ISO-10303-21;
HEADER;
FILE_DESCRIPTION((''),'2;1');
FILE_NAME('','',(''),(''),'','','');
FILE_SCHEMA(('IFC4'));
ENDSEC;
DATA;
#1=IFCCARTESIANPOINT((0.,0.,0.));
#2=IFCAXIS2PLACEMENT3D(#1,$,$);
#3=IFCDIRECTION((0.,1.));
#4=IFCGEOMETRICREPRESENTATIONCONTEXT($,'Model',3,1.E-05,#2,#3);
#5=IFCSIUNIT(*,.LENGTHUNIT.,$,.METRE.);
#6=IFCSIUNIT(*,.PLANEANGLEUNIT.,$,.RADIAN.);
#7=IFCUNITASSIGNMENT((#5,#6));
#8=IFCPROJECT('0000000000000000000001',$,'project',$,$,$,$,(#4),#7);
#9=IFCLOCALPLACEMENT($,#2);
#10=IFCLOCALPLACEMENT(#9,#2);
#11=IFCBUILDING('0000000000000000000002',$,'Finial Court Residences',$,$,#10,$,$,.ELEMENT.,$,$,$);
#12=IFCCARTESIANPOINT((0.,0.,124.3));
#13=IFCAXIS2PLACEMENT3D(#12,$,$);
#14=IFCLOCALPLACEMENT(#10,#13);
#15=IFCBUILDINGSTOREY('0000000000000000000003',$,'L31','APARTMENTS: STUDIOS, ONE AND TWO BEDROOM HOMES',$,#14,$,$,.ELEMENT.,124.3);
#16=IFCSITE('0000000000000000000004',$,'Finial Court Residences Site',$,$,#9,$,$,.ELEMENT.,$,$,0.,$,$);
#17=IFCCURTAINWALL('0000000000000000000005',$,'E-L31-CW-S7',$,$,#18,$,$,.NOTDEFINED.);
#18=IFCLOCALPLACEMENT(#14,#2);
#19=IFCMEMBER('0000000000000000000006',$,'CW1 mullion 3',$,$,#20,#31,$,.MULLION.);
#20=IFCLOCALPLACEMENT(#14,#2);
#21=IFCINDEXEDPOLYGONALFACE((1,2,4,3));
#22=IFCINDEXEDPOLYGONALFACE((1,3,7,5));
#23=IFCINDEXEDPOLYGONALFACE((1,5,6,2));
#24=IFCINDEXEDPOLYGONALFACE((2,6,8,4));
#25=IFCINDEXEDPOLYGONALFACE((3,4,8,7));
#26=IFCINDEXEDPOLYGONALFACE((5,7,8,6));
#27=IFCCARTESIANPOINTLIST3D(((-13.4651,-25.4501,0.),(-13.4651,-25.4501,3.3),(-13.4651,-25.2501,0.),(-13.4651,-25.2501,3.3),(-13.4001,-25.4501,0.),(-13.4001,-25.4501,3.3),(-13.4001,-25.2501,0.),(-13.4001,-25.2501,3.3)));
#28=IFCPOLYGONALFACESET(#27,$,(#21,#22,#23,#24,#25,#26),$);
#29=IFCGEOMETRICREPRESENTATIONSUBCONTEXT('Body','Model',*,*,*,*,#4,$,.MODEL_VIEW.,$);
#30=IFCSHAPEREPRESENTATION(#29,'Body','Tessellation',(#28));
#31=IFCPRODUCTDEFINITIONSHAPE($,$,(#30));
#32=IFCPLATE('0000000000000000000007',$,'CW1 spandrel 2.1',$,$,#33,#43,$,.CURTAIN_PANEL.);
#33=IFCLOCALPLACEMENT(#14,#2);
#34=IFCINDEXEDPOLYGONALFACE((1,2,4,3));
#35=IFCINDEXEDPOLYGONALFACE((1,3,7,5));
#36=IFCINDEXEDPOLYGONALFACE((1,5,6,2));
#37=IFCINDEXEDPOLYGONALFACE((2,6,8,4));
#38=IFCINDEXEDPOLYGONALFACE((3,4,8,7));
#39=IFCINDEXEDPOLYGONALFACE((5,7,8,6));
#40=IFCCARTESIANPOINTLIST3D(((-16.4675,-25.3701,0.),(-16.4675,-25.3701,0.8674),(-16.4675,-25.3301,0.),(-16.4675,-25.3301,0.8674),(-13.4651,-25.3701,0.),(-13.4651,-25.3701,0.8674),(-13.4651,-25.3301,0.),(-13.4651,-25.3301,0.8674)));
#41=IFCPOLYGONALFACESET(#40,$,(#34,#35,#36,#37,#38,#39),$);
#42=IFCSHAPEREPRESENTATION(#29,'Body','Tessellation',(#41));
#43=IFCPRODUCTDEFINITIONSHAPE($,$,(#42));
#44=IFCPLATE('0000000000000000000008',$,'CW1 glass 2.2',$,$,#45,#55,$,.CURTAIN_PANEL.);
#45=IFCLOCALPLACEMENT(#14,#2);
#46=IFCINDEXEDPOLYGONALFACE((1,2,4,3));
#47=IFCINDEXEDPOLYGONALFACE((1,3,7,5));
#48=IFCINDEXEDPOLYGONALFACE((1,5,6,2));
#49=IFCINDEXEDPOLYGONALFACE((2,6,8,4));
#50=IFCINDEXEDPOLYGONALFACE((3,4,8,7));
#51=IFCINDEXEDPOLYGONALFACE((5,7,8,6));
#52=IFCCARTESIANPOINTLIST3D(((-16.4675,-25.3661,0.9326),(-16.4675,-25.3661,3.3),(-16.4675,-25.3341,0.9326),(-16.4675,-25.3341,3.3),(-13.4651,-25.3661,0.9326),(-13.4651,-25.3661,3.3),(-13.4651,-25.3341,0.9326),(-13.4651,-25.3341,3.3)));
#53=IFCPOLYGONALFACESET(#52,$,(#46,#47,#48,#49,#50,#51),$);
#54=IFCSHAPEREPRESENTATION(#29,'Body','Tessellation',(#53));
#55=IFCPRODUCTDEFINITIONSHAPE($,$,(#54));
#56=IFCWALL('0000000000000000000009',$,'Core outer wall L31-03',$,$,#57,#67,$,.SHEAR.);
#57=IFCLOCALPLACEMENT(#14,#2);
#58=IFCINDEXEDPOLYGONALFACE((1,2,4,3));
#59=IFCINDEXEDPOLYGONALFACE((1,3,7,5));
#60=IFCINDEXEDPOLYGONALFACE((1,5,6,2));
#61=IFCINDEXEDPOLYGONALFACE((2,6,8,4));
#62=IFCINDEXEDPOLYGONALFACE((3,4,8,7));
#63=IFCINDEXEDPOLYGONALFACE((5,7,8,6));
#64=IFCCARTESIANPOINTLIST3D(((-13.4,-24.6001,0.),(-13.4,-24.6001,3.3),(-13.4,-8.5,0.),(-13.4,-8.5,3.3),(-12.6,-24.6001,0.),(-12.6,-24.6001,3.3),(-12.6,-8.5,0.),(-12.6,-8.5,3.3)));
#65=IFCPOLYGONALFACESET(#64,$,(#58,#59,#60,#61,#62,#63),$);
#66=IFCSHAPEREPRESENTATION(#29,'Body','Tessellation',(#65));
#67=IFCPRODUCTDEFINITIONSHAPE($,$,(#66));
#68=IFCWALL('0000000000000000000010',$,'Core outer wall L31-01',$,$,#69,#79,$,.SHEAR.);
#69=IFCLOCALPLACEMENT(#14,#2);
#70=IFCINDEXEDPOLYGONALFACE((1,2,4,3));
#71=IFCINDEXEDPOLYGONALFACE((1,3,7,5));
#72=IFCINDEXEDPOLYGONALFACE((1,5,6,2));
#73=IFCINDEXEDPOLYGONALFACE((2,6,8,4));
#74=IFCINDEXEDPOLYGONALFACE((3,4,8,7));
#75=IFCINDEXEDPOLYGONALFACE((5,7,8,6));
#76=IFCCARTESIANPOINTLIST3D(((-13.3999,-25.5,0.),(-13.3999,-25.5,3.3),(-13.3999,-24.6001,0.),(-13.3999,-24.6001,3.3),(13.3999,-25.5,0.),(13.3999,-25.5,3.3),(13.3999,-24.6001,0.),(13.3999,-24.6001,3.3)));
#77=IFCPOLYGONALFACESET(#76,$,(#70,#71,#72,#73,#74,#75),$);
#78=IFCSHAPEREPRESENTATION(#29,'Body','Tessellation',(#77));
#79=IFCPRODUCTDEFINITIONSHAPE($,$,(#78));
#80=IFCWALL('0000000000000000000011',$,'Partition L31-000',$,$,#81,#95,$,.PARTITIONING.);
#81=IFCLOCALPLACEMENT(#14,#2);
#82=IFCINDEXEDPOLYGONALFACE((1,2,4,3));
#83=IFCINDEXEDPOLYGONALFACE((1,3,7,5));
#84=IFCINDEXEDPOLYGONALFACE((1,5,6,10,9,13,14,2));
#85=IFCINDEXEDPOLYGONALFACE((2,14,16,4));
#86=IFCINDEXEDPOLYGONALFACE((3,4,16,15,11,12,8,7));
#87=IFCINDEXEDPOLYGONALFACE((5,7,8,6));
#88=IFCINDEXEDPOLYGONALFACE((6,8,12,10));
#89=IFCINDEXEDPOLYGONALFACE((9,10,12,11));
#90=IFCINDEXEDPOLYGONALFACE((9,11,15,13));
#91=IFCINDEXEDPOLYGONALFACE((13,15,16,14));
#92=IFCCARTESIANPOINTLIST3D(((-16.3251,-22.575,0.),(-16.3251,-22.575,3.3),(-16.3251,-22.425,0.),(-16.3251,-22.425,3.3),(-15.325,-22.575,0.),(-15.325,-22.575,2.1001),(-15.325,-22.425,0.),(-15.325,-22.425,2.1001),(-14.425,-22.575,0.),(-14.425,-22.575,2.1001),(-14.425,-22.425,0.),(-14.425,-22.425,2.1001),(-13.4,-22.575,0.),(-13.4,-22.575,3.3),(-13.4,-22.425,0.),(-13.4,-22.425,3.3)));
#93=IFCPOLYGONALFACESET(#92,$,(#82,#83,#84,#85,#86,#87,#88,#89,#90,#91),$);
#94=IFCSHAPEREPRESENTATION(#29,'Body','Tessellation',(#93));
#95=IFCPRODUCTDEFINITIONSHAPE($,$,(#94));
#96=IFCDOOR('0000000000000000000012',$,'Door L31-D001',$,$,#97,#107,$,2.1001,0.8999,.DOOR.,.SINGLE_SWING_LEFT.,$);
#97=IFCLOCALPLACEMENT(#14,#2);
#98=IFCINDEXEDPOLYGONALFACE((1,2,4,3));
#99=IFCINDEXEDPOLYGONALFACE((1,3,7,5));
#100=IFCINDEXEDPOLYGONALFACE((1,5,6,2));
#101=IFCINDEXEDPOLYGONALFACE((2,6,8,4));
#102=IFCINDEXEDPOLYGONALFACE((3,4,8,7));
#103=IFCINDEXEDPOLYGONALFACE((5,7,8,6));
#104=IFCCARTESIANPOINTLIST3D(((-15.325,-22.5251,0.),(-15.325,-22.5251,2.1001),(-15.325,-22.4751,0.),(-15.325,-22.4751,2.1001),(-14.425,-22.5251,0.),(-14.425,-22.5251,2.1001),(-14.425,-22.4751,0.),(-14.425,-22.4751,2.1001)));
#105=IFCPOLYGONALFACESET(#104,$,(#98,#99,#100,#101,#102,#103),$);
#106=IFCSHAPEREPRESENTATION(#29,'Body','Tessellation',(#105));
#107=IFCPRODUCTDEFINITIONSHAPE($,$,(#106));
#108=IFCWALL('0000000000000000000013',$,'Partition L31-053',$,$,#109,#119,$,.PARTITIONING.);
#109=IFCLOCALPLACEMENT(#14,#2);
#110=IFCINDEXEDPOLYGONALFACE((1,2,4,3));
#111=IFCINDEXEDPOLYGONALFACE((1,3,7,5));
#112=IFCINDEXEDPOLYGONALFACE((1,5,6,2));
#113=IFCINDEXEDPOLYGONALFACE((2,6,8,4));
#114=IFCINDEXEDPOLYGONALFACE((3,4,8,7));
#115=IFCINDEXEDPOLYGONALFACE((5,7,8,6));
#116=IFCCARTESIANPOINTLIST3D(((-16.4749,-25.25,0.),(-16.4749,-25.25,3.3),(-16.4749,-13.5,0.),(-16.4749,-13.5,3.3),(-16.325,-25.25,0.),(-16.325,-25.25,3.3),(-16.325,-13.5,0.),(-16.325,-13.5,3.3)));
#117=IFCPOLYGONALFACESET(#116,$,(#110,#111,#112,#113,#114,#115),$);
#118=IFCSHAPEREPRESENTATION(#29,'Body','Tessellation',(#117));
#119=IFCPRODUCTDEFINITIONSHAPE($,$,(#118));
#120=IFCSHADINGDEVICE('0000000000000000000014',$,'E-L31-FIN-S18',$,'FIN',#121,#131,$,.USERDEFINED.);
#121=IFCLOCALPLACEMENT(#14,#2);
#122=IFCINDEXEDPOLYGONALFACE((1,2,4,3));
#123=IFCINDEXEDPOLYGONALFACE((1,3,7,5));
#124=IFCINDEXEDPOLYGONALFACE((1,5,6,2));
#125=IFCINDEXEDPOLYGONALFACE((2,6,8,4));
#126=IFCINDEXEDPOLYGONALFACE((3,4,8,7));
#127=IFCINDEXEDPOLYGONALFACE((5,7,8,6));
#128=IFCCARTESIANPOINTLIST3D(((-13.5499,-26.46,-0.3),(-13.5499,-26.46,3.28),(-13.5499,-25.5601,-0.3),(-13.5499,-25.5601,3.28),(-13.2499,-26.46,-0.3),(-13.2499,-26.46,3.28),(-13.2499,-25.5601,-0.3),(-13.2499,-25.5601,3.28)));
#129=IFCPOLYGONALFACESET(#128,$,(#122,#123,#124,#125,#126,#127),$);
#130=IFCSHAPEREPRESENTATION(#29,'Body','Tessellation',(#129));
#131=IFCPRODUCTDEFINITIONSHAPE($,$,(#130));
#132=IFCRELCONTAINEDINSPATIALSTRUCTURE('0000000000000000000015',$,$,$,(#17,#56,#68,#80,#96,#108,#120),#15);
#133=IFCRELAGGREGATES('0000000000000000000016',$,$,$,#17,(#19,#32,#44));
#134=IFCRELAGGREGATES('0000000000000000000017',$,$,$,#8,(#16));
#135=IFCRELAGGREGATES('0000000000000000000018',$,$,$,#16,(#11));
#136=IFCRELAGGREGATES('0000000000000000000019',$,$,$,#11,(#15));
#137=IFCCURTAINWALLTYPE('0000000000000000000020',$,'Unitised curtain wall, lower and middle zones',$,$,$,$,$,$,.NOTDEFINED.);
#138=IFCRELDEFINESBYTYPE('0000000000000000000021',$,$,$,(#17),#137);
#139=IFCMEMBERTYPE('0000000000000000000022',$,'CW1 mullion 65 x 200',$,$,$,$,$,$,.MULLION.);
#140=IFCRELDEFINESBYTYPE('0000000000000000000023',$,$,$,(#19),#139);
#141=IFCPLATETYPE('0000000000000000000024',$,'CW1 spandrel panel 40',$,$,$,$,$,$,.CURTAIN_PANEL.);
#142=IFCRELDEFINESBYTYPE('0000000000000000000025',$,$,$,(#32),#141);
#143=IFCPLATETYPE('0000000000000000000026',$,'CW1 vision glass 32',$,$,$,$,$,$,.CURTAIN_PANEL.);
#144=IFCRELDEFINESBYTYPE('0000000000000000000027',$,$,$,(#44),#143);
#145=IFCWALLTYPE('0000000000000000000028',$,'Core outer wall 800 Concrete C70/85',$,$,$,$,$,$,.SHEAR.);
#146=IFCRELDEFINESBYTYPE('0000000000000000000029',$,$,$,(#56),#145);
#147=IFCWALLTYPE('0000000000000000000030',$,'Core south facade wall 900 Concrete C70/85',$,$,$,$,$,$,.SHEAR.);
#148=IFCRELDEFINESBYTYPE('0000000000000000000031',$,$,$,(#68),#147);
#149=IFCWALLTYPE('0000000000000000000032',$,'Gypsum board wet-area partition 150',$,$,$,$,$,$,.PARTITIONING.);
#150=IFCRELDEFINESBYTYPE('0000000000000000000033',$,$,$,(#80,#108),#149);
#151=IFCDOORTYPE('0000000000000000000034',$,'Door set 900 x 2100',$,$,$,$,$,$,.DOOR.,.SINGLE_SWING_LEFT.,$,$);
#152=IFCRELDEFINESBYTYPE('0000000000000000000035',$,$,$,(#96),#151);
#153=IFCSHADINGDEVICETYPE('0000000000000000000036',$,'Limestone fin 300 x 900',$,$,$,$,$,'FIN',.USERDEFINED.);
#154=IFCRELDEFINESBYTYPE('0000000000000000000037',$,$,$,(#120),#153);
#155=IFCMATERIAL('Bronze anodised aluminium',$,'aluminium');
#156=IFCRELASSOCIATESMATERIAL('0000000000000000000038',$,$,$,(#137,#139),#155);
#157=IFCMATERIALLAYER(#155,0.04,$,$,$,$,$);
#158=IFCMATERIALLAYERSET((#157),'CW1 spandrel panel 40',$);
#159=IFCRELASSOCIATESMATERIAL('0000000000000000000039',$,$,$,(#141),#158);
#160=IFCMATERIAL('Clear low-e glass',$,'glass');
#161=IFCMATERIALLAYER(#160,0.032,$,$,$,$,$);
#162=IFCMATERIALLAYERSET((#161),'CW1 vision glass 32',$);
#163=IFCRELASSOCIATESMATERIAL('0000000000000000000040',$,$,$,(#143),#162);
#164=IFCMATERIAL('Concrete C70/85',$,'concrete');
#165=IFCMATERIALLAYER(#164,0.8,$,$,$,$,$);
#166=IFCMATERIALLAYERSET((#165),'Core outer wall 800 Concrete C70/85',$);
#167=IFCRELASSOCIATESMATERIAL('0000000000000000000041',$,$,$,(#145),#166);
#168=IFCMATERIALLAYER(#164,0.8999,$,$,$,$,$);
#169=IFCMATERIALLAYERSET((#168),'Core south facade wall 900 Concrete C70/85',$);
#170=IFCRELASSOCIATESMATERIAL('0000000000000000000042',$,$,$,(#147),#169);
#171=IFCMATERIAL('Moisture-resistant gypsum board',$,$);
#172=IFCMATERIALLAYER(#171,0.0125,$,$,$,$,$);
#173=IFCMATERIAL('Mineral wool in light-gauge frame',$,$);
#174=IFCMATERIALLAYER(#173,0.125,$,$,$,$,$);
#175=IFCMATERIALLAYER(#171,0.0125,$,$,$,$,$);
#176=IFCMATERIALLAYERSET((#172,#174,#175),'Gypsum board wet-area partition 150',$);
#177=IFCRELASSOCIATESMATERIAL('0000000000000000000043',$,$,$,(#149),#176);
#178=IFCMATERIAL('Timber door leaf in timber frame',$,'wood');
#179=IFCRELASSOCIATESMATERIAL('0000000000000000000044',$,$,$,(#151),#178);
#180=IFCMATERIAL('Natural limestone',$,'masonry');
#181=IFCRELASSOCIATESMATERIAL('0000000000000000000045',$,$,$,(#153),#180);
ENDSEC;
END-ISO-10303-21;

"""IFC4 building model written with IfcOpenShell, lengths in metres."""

from ifc_helpers import new_model, si_unit, direction, frame, frame_2d, origin, origin_2d, place, context, subcontext, project, spatial, rectangle, extrude, material, layer, layer_set, material_profile, profile_set, type_object, element, fill, aggregate, save


model = new_model("IFC4")

# Units and contexts
model_context = context("Model", 3, precision=1e-05, world=origin(), true_north=direction((0.0, 1.0)))
body_context = subcontext(model_context, "Body", "Model", "MODEL_VIEW")
ifc_project = project(units=[si_unit("LENGTHUNIT", "METRE"), si_unit("PLANEANGLEUNIT", "RADIAN")], contexts=[model_context])

# Site, building, storey
site_placement = place(None, origin())
site = spatial("IfcSite", under=ifc_project, at=site_placement, Name="Finial Court Residences Site", CompositionType="ELEMENT", RefElevation=0.0)
building_placement = place(site_placement, origin())
building = spatial("IfcBuilding", under=site, at=building_placement, Name="Finial Court Residences", CompositionType="ELEMENT")
storey_placement = place(building_placement, frame((0.0, 0.0, 124.3)))
storey = spatial("IfcBuildingStorey", under=building, at=storey_placement, Name="L31", Description="APARTMENTS: STUDIOS, ONE AND TWO BEDROOM HOMES", CompositionType="ELEMENT", Elevation=124.3)

# Curtain wall, member, plates
ifc_material_1 = material(Name="Bronze anodised aluminium", Category="aluminium")
curtain_wall_type = type_object("IfcCurtainWallType", Name="Unitised curtain wall, lower and middle zones", PredefinedType="NOTDEFINED", material=ifc_material_1)
curtain_wall_placement = place(storey_placement, origin())
curtain_wall = element("IfcCurtainWall", 1, at=curtain_wall_placement, inside=storey, type_object=curtain_wall_type, Name="E-L31-CW-S7", PredefinedType="NOTDEFINED")
ifc_material_profile = material_profile(ifc_material_1, rectangle(XDim=0.2, YDim=0.0649, at=origin_2d()), Name="CW1 mullion 65 x 200")
ifc_profile_set = profile_set([ifc_material_profile], Name="Bronze anodised aluminium")
member_type = type_object("IfcMemberType", Name="CW1 mullion 65 x 200", PredefinedType="MULLION", material=ifc_profile_set)
member_placement = place(storey_placement, frame((-13.4326, -25.3501, 0.0), z_axis=(0.0, 0.0, 1.0), x_axis=(0.0, 1.0, 0.0)))
member = element("IfcMember", 2, at=member_placement, type_object=member_type, Name="CW1 mullion 3", PredefinedType="MULLION", context=body_context, shape_type="SweptSolid", body=[
    extrude(rectangle(XDim=0.2, YDim=0.0649, at=origin_2d()), origin(), (0.0, 0.0, 1.0), 3.3),
])
ifc_layer_1 = layer(ifc_material_1, 0.04)
ifc_layer_set_1 = layer_set([ifc_layer_1], Name="CW1 spandrel panel 40")
plate_type_1 = type_object("IfcPlateType", Name="CW1 spandrel panel 40", PredefinedType="CURTAIN_PANEL", material=ifc_layer_set_1)
plate_1_placement = place(storey_placement, frame((-14.9663, -25.3501, 0.0), z_axis=(0.0, 0.0, 1.0), x_axis=(1.0, 0.0, 0.0)))
plate_1 = element("IfcPlate", 3, at=plate_1_placement, type_object=plate_type_1, Name="CW1 spandrel 2.1", PredefinedType="CURTAIN_PANEL", context=body_context, shape_type="SweptSolid", body=[
    extrude(rectangle(XDim=3.0024, YDim=0.04, at=origin_2d()), origin(), (0.0, 0.0, 1.0), 0.8674),
])
ifc_material_2 = material(Name="Clear low-e glass", Category="glass")
ifc_layer_2 = layer(ifc_material_2, 0.032)
ifc_layer_set_2 = layer_set([ifc_layer_2], Name="CW1 vision glass 32")
plate_type_2 = type_object("IfcPlateType", Name="CW1 vision glass 32", PredefinedType="CURTAIN_PANEL", material=ifc_layer_set_2)
plate_2_placement = place(storey_placement, frame((-14.9663, -25.3501, 0.9326), z_axis=(0.0, 0.0, 1.0), x_axis=(1.0, 0.0, 0.0)))
plate_2 = element("IfcPlate", 4, at=plate_2_placement, type_object=plate_type_2, Name="CW1 glass 2.2", PredefinedType="CURTAIN_PANEL", context=body_context, shape_type="SweptSolid", body=[
    extrude(rectangle(XDim=3.0024, YDim=0.032, at=origin_2d()), origin(), (0.0, 0.0, 1.0), 2.3674),
])
aggregate(curtain_wall, [member, plate_1, plate_2])

# Walls
ifc_material_3 = material(Name="Concrete C70/85", Category="concrete")
ifc_layer_3 = layer(ifc_material_3, 0.8)
ifc_layer_set_3 = layer_set([ifc_layer_3], Name="Core outer wall 800 Concrete C70/85")
wall_type_1 = type_object("IfcWallType", Name="Core outer wall 800 Concrete C70/85", PredefinedType="SHEAR", material=ifc_layer_set_3)
wall_1_placement = place(storey_placement, frame((-13.0, -24.6001, 0.0), z_axis=(0.0, 0.0, 1.0), x_axis=(0.0, 1.0, 0.0)))
element("IfcWall", 5, at=wall_1_placement, inside=storey, type_object=wall_type_1, Name="Core outer wall L31-03", PredefinedType="SHEAR", context=body_context, shape_type="SweptSolid", body=[
    extrude(rectangle(XDim=16.1001, YDim=0.8, at=frame_2d((8.05, 0.0))), origin(), (0.0, 0.0, 1.0), 3.3),
])
ifc_layer_4 = layer(ifc_material_3, 0.8999)
ifc_layer_set_4 = layer_set([ifc_layer_4], Name="Core south facade wall 900 Concrete C70/85")
wall_type_2 = type_object("IfcWallType", Name="Core south facade wall 900 Concrete C70/85", PredefinedType="SHEAR", material=ifc_layer_set_4)
wall_2_placement = place(storey_placement, frame((-13.3999, -25.05, 0.0), z_axis=(0.0, 0.0, 1.0), x_axis=(1.0, 0.0, 0.0)))
element("IfcWall", 6, at=wall_2_placement, inside=storey, type_object=wall_type_2, Name="Core outer wall L31-01", PredefinedType="SHEAR", context=body_context, shape_type="SweptSolid", body=[
    extrude(rectangle(XDim=26.7998, YDim=0.8999, at=frame_2d((13.3999, 0.0))), origin(), (0.0, 0.0, 1.0), 3.3),
])

# Wall, opening, door
ifc_material_4 = material(Name="Moisture-resistant gypsum board")
ifc_layer_5 = layer(ifc_material_4, 0.0125)
ifc_material_5 = material(Name="Mineral wool in light-gauge frame")
ifc_layer_6 = layer(ifc_material_5, 0.125)
ifc_layer_7 = layer(ifc_material_4, 0.0125)
ifc_layer_set_5 = layer_set([ifc_layer_5, ifc_layer_6, ifc_layer_7], Name="Gypsum board wet-area partition 150")
wall_type_3 = type_object("IfcWallType", Name="Gypsum board wet-area partition 150", PredefinedType="PARTITIONING", material=ifc_layer_set_5)
wall_3_placement = place(storey_placement, frame((-16.325, -22.5, 0.0), z_axis=(0.0, 0.0, 1.0), x_axis=(1.0, 0.0, 0.0)))
wall_3 = element("IfcWall", 7, at=wall_3_placement, inside=storey, type_object=wall_type_3, Name="Partition L31-000", PredefinedType="PARTITIONING", context=body_context, shape_type="SweptSolid", body=[
    extrude(rectangle(XDim=2.925, YDim=0.1499, at=frame_2d((1.4624, 0.0))), origin(), (0.0, 0.0, 1.0), 3.3),
])
opening_placement = place(wall_3_placement, frame((1.0, 0.0, 0.0)))
opening = element("IfcOpeningElement", 8, at=opening_placement, cuts=wall_3, PredefinedType="OPENING", context=body_context, shape_type="SweptSolid", body=[
    extrude(rectangle(XDim=0.8999, YDim=2.1001, at=frame_2d((0.45, 1.05))), frame((0.0, 0.085, 0.0), z_axis=(0.0, -1.0, 0.0), x_axis=(1.0, 0.0, 0.0)), (0.0, 0.0, 1.0), 0.1699),
])
ifc_material_6 = material(Name="Timber door leaf in timber frame", Category="wood")
door_type = type_object("IfcDoorType", Name="Door set 900 x 2100", OperationType="SINGLE_SWING_LEFT", PredefinedType="DOOR", material=ifc_material_6)
door_placement = place(opening_placement, origin())
door = element("IfcDoor", 9, at=door_placement, inside=storey, type_object=door_type, Name="Door L31-D001", OperationType="SINGLE_SWING_LEFT", OverallHeight=2.1001, OverallWidth=0.8999, PredefinedType="DOOR", context=body_context, shape_type="SweptSolid", body=[
    extrude(rectangle(XDim=0.8999, YDim=2.1001, at=frame_2d((0.45, 1.05))), frame((0.0, 0.0249, 0.0), z_axis=(0.0, -1.0, 0.0), x_axis=(1.0, 0.0, 0.0)), (0.0, 0.0, 1.0), 0.05),
])
fill(opening, door)

# Wall
wall_4_placement = place(storey_placement, frame((-16.3999, -25.25, 0.0), z_axis=(0.0, 0.0, 1.0), x_axis=(0.0, 1.0, 0.0)))
element("IfcWall", 10, at=wall_4_placement, inside=storey, type_object=wall_type_3, Name="Partition L31-053", PredefinedType="PARTITIONING", context=body_context, shape_type="SweptSolid", body=[
    extrude(rectangle(XDim=11.75, YDim=0.1499, at=frame_2d((5.875, 0.0))), origin(), (0.0, 0.0, 1.0), 3.3),
])

# Shading device
ifc_material_7 = material(Name="Natural limestone", Category="masonry")
shading_device_type = type_object("IfcShadingDeviceType", Name="Limestone fin 300 x 900", ElementType="FIN", PredefinedType="USERDEFINED", material=ifc_material_7)
shading_device_placement = place(storey_placement, frame((-13.3999, -26.01, -0.3), z_axis=(0.0, 0.0, 1.0), x_axis=(1.0, 0.0, 0.0)))
element("IfcShadingDevice", 11, at=shading_device_placement, inside=storey, type_object=shading_device_type, Name="E-L31-FIN-S18", ObjectType="FIN", PredefinedType="USERDEFINED", context=body_context, shape_type="SweptSolid", body=[
    extrude(rectangle(XDim=0.3, YDim=0.8999, at=origin_2d()), origin(), (0.0, 0.0, 1.0), 3.5801),
])

save(model, "model.ifc")
